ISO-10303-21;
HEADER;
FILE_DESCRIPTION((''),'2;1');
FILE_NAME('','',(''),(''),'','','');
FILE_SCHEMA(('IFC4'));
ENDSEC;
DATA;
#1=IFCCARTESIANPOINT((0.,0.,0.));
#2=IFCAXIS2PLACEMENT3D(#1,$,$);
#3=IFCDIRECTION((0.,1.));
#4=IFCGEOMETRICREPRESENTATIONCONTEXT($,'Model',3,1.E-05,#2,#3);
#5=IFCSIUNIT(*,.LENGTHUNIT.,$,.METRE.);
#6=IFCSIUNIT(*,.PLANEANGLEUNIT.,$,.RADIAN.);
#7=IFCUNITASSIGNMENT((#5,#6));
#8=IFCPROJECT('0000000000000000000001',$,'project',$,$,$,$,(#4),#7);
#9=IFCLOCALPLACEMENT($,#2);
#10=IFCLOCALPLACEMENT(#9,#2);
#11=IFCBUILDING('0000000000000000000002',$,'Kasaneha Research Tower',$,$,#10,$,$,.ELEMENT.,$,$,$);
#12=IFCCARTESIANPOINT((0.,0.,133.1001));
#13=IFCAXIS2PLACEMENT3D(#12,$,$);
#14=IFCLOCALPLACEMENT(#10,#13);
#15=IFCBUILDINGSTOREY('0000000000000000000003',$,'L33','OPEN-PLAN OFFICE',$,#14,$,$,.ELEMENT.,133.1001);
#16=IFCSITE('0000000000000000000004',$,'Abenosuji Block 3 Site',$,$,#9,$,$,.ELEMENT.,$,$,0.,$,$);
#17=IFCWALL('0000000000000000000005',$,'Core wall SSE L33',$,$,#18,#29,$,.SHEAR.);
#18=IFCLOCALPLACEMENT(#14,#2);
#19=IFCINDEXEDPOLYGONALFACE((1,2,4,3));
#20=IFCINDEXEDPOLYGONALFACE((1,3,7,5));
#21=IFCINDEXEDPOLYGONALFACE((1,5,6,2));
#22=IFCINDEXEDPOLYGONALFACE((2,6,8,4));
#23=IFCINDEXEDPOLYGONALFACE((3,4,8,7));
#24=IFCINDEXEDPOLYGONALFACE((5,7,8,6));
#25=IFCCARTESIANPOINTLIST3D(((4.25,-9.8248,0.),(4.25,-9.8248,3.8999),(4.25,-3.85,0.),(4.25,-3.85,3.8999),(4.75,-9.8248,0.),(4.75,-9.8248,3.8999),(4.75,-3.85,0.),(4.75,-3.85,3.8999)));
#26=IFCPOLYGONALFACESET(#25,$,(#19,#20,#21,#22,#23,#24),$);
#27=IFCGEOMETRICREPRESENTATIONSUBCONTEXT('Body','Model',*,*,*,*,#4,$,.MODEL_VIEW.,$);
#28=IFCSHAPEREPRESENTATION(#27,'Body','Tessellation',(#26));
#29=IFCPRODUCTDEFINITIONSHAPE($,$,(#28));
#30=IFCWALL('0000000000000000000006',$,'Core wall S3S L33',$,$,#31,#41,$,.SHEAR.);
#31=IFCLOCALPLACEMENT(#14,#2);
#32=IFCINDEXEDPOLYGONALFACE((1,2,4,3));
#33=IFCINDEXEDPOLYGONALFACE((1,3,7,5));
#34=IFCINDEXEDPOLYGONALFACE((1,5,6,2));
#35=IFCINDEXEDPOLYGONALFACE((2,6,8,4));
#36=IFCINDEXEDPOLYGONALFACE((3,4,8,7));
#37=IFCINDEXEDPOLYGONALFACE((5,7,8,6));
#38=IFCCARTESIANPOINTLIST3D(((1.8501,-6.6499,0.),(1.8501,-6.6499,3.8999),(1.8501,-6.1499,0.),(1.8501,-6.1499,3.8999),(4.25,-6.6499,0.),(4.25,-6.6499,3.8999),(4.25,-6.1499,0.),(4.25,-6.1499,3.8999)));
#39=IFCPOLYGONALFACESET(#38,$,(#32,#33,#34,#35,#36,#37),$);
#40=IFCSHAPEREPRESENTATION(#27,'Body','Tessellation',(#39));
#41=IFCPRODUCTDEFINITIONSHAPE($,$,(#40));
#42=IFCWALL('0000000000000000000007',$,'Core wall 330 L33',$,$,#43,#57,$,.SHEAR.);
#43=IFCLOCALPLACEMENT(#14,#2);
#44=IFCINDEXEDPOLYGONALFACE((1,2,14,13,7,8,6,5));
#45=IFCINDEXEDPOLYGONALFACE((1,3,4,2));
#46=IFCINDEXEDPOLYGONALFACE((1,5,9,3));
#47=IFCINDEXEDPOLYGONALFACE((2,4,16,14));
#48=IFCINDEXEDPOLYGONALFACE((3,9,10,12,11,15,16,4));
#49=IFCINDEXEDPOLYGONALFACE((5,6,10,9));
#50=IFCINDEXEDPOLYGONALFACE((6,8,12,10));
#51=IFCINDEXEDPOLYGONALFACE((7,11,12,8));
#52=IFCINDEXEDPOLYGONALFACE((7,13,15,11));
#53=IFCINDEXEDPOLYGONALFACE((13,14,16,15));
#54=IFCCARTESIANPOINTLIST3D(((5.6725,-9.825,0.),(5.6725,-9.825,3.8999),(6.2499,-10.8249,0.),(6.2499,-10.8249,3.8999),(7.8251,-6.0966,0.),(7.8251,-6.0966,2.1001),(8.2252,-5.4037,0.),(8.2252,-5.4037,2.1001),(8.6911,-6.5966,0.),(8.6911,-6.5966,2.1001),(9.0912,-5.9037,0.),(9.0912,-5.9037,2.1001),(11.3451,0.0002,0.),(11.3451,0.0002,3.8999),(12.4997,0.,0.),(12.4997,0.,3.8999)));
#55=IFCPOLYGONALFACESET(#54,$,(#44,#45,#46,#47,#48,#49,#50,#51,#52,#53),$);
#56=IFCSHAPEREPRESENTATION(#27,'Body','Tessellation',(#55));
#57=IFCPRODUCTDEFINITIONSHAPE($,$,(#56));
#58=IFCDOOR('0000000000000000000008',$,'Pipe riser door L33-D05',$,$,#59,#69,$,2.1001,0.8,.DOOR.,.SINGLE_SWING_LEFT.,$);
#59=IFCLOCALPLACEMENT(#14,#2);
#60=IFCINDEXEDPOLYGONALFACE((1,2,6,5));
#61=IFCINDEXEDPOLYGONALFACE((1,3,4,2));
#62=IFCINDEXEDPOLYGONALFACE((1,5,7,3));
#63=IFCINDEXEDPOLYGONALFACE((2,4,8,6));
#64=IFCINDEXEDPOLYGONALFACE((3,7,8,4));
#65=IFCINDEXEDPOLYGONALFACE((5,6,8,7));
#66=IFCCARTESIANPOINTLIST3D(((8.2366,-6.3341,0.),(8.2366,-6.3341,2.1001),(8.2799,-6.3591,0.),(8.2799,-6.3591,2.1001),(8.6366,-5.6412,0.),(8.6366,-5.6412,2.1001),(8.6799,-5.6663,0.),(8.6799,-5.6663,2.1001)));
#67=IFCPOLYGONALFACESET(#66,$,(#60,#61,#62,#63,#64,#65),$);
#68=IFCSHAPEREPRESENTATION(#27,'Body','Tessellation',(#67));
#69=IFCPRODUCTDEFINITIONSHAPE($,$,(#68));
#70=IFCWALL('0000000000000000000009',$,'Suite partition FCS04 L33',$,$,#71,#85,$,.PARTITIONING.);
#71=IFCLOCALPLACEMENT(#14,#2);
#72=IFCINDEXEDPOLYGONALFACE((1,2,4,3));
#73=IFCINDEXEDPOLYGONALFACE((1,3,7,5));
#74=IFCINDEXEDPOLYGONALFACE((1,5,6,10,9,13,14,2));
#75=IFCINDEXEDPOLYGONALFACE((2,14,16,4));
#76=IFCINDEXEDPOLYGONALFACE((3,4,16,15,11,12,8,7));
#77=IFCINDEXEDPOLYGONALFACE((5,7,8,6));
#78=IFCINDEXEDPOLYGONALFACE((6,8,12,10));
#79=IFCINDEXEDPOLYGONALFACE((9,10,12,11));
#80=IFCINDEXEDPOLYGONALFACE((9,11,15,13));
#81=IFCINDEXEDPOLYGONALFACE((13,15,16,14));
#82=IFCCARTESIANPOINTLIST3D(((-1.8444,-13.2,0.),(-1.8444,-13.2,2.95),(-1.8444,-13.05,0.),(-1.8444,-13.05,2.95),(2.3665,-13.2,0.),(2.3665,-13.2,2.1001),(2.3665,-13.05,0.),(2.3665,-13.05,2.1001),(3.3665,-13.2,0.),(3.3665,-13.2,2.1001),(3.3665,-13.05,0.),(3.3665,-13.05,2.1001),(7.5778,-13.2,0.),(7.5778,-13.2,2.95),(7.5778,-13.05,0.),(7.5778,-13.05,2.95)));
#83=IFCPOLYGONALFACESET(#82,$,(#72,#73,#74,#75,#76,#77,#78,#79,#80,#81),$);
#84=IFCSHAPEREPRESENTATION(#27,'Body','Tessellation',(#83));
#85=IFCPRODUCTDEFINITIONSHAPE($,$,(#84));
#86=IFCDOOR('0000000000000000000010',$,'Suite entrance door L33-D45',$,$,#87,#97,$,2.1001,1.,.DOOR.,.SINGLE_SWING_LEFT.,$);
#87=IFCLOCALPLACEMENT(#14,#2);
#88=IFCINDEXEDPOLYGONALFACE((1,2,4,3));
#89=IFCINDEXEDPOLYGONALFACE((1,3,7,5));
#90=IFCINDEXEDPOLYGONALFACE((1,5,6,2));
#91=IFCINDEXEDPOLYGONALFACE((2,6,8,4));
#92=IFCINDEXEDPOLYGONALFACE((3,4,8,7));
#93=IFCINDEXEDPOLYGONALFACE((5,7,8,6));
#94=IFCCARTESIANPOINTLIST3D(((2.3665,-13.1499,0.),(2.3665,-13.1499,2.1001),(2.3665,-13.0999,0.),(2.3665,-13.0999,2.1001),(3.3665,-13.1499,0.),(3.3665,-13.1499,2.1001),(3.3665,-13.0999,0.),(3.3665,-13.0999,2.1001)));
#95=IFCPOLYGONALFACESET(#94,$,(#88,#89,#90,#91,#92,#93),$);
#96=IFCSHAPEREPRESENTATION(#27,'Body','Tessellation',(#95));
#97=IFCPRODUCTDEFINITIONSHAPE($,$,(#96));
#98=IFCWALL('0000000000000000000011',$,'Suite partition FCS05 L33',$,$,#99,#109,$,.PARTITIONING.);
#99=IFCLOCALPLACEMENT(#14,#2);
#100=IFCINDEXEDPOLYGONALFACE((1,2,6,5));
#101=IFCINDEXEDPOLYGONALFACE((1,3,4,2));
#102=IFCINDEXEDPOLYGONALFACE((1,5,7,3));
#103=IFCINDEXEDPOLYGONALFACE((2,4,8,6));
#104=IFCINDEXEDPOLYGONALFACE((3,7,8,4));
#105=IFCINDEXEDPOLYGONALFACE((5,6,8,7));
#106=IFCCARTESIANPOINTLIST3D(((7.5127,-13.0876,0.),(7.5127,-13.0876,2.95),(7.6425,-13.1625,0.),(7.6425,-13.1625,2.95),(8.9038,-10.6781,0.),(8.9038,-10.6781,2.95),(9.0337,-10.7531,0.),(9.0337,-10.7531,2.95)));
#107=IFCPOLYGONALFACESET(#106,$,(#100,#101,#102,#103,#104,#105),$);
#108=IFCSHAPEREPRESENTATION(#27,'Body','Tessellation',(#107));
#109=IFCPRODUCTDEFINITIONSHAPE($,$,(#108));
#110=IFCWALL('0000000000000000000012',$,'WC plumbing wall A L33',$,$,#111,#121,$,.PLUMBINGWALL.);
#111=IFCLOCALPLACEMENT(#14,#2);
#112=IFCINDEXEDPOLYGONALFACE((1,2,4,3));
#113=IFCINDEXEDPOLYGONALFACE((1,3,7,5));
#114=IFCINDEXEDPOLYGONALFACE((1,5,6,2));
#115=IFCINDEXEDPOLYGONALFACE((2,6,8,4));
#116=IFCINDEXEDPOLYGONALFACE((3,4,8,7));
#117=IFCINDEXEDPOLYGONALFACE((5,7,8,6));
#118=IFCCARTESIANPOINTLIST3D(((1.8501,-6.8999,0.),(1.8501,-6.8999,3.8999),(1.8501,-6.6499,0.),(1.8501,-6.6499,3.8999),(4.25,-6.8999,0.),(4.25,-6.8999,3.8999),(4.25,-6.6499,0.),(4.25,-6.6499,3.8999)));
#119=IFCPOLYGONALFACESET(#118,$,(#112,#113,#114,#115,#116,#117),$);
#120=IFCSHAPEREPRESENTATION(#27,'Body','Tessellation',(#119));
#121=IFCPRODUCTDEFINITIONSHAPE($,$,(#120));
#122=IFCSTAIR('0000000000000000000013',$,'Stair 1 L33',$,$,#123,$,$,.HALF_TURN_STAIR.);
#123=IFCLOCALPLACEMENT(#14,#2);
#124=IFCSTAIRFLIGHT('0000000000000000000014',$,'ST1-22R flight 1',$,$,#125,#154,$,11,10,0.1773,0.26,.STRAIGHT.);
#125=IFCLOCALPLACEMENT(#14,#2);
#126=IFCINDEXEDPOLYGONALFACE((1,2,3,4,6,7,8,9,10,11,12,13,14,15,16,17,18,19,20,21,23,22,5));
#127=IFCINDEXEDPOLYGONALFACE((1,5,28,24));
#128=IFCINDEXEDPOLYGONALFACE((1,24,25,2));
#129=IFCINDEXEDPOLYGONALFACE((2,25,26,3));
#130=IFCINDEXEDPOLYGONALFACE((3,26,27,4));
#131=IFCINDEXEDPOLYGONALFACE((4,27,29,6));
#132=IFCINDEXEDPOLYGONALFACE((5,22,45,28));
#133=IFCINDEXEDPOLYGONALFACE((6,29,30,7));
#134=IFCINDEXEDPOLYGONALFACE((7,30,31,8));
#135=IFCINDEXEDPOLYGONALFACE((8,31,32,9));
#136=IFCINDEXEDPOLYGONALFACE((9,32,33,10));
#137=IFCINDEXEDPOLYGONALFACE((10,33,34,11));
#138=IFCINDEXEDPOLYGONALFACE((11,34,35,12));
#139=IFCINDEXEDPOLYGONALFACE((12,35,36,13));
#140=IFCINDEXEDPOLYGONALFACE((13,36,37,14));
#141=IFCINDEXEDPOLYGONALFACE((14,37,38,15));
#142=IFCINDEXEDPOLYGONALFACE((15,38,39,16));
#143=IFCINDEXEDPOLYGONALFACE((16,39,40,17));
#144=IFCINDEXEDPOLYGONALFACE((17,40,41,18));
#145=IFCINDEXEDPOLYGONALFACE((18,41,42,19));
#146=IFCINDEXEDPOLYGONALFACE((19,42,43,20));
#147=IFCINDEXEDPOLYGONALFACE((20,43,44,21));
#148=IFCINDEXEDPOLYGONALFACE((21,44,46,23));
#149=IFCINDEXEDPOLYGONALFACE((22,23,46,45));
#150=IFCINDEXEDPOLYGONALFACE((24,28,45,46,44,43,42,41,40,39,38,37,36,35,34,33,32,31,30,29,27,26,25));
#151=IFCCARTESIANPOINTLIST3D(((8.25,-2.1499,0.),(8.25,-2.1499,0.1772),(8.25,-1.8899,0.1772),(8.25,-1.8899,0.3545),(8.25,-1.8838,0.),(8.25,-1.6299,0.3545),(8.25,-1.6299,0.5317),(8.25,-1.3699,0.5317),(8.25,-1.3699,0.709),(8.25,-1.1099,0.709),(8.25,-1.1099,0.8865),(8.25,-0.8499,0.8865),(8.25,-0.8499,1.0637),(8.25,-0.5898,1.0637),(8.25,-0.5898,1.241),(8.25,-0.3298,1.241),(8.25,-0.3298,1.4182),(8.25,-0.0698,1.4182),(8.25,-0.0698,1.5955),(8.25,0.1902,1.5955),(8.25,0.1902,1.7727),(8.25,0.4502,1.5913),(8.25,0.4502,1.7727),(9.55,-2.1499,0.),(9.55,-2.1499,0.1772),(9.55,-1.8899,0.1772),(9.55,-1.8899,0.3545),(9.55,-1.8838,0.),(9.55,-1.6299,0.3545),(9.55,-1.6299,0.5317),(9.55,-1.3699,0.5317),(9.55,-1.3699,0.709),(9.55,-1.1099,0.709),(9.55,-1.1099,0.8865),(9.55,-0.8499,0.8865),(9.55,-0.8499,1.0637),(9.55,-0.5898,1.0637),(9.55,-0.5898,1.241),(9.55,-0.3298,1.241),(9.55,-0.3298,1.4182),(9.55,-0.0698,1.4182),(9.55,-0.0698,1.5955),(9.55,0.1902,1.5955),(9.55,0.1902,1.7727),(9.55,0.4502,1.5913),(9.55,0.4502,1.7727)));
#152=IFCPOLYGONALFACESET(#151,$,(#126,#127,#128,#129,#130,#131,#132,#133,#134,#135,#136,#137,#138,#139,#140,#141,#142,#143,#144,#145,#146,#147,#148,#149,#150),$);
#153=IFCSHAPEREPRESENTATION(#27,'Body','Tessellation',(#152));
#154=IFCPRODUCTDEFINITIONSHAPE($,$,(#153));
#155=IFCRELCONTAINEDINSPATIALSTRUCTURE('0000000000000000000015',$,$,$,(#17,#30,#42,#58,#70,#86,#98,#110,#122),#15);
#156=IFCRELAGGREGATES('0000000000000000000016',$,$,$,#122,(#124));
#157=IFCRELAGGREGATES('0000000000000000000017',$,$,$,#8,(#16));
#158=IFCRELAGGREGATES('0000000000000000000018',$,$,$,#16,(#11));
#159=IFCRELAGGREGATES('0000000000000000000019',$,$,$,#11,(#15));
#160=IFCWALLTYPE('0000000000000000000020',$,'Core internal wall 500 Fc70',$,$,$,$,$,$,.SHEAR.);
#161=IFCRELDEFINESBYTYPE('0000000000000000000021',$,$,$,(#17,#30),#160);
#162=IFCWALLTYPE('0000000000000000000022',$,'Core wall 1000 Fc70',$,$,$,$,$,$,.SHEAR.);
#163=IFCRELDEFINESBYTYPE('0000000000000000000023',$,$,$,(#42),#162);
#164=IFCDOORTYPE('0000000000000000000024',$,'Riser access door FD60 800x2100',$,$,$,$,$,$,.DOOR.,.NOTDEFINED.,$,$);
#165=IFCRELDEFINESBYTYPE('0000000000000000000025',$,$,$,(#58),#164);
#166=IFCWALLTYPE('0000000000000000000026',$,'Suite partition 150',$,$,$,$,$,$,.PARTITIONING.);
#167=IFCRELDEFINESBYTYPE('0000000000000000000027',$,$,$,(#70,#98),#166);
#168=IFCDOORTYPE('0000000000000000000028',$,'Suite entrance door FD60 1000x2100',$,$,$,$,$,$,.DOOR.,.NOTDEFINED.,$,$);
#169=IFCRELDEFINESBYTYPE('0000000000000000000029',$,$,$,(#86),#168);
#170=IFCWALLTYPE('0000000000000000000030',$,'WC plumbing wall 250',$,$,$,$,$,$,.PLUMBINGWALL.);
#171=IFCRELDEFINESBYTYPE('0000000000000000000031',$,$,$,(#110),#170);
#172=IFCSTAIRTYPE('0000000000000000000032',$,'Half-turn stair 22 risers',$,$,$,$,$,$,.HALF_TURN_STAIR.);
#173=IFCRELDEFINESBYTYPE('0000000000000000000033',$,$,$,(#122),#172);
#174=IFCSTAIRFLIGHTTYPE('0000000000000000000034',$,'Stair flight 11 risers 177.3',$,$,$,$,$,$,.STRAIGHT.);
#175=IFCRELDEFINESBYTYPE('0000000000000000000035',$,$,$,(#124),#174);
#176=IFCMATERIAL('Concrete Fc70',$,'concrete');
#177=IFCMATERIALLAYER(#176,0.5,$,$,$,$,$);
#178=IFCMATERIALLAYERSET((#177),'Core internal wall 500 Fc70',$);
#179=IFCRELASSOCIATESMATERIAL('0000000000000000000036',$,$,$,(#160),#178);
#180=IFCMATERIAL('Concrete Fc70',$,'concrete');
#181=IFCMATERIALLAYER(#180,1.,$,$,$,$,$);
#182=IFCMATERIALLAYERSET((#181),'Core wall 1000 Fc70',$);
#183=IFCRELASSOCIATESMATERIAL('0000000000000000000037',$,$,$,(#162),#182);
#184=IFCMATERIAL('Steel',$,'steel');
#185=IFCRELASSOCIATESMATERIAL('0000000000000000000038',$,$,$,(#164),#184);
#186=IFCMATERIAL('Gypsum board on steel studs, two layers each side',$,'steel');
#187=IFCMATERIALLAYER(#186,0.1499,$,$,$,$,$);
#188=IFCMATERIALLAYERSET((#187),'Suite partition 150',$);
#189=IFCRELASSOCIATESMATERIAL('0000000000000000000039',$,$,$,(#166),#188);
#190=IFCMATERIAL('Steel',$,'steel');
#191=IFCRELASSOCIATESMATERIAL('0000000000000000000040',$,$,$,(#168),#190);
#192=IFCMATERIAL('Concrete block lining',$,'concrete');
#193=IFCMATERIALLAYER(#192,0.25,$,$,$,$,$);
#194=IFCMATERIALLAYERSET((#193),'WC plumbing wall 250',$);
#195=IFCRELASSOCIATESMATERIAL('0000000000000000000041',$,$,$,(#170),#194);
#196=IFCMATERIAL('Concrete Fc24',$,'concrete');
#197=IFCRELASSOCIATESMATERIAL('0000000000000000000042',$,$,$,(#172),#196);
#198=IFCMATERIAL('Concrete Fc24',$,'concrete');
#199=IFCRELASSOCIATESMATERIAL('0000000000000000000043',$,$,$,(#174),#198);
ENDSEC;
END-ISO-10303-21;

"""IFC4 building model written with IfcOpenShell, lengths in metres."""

from ifc_helpers import new_model, si_unit, direction, frame, frame_2d, origin, place, context, subcontext, project, spatial, polyline, rectangle, outline, extrude, material, layer, layer_set, type_object, element, fill, aggregate, save


model = new_model("IFC4")

# Units and contexts
model_context = context("Model", 3, precision=1e-05, world=origin(), true_north=direction((0.0, 1.0)))
body_context = subcontext(model_context, "Body", "Model", "MODEL_VIEW")
ifc_project = project(units=[si_unit("LENGTHUNIT", "METRE"), si_unit("PLANEANGLEUNIT", "RADIAN")], contexts=[model_context])

# Site, building, storey
site_placement = place(None, origin())
site = spatial("IfcSite", under=ifc_project, at=site_placement, Name="Abenosuji Block 3 Site", CompositionType="ELEMENT", RefElevation=0.0)
building_placement = place(site_placement, origin())
building = spatial("IfcBuilding", under=site, at=building_placement, Name="Kasaneha Research Tower", CompositionType="ELEMENT")
storey_placement = place(building_placement, frame((0.0, 0.0, 133.1001)))
storey = spatial("IfcBuildingStorey", under=building, at=storey_placement, Name="L33", Description="OPEN-PLAN OFFICE", CompositionType="ELEMENT", Elevation=133.1001)

# Shared definitions
ifc_material_1 = material(Name="Concrete Fc70", Category="concrete")
ifc_layer_1 = layer(ifc_material_1, 0.5)
ifc_layer_set_1 = layer_set([ifc_layer_1], Name="Core internal wall 500 Fc70")
wall_type_1 = type_object("IfcWallType", Name="Core internal wall 500 Fc70", PredefinedType="SHEAR", material=ifc_layer_set_1)

# Walls
wall_1_placement = place(storey_placement, frame((4.5, -3.8501, 0.0), z_axis=(0.0, 0.0, 1.0), x_axis=(0.0, -1.0, 0.0)))
element("IfcWall", 1, at=wall_1_placement, inside=storey, type_object=wall_type_1, Name="Core wall SSE L33", PredefinedType="SHEAR", context=body_context, shape_type="SweptSolid", body=[
    extrude(rectangle(XDim=5.9749, YDim=0.5, at=frame_2d((2.9873, 0.0))), origin(), (0.0, 0.0, 1.0), 3.8999),
])
wall_2_placement = place(storey_placement, frame((1.8501, -6.3999, 0.0), z_axis=(0.0, 0.0, 1.0), x_axis=(1.0, 0.0, 0.0)))
element("IfcWall", 2, at=wall_2_placement, inside=storey, type_object=wall_type_1, Name="Core wall S3S L33", PredefinedType="SHEAR", context=body_context, shape_type="SweptSolid", body=[
    extrude(rectangle(XDim=2.3999, YDim=0.5, at=frame_2d((1.2, 0.0))), origin(), (0.0, 0.0, 1.0), 3.8999),
])

# Walls, openings, doors
ifc_material_2 = material(Name="Concrete Fc70", Category="concrete")
ifc_layer_2 = layer(ifc_material_2, 1.0)
ifc_layer_set_2 = layer_set([ifc_layer_2], Name="Core wall 1000 Fc70")
wall_type_2 = type_object("IfcWallType", Name="Core wall 1000 Fc70", PredefinedType="SHEAR", material=ifc_layer_set_2)
wall_3_placement = place(storey_placement, frame((5.9612, -10.325, 0.0), z_axis=(0.0, 0.0, 1.0), x_axis=(0.500004, 0.866023, 0.0)))
wall_3 = element("IfcWall", 3, at=wall_3_placement, inside=storey, type_object=wall_type_2, Name="Core wall 330 L33", PredefinedType="SHEAR", context=body_context, shape_type="SweptSolid", body=[
    extrude(outline(polyline([(-0.2886, -0.5), (4.594, -0.5), (5.394, -0.5), (12.2109, -0.5), (11.6338, 0.5), (5.394, 0.5), (4.594, 0.5), (0.2886, 0.5), (-0.2886, -0.5)])), origin(), (0.0, 0.0, 1.0), 3.8999),
])
opening_1_placement = place(wall_3_placement, frame((4.594, 0.0, 0.0)))
opening_1 = element("IfcOpeningElement", 4, at=opening_1_placement, cuts=wall_3, PredefinedType="OPENING", context=body_context, shape_type="SweptSolid", body=[
    extrude(rectangle(XDim=0.8, YDim=2.1001, at=frame_2d((0.3999, 1.05))), frame((0.0, 0.51, 0.0), z_axis=(0.0, -1.0, 0.0), x_axis=(1.0, 0.0, 0.0)), (0.0, 0.0, 1.0), 1.02),
])
ifc_material_3 = material(Name="Steel", Category="steel")
door_type_1 = type_object("IfcDoorType", Name="Riser access door FD60 800x2100", OperationType="NOTDEFINED", PredefinedType="DOOR", material=ifc_material_3)
door_1_placement = place(opening_1_placement, origin())
door_1 = element("IfcDoor", 5, at=door_1_placement, inside=storey, type_object=door_type_1, Name="Pipe riser door L33-D05", OperationType="SINGLE_SWING_LEFT", OverallHeight=2.1001, OverallWidth=0.8, PredefinedType="DOOR", context=body_context, shape_type="SweptSolid", body=[
    extrude(rectangle(XDim=0.8, YDim=2.1001, at=frame_2d((0.3999, 1.05))), frame((0.0, 0.0249, 0.0), z_axis=(0.0, -1.0, 0.0), x_axis=(1.0, 0.0, 0.0)), (0.0, 0.0, 1.0), 0.05),
])
fill(opening_1, door_1)
ifc_material_4 = material(Name="Gypsum board on steel studs, two layers each side", Category="steel")
ifc_layer_3 = layer(ifc_material_4, 0.1499)
ifc_layer_set_3 = layer_set([ifc_layer_3], Name="Suite partition 150")
wall_type_3 = type_object("IfcWallType", Name="Suite partition 150", PredefinedType="PARTITIONING", material=ifc_layer_set_3)
wall_4_placement = place(storey_placement, frame((7.5776, -13.125, 0.0), z_axis=(0.0, 0.0, 1.0), x_axis=(-1.0, 0.0, 0.0)))
wall_4 = element("IfcWall", 6, at=wall_4_placement, inside=storey, type_object=wall_type_3, Name="Suite partition FCS04 L33", PredefinedType="PARTITIONING", context=body_context, shape_type="SweptSolid", body=[
    extrude(rectangle(XDim=9.4221, YDim=0.1499, at=frame_2d((4.7109, 0.0))), origin(), (0.0, 0.0, 1.0), 2.95),
])
opening_2_placement = place(wall_4_placement, frame((4.2112, 0.0, 0.0)))
opening_2 = element("IfcOpeningElement", 7, at=opening_2_placement, cuts=wall_4, PredefinedType="OPENING", context=body_context, shape_type="SweptSolid", body=[
    extrude(rectangle(XDim=1.0, YDim=2.1001, at=frame_2d((0.5, 1.05))), frame((0.0, 0.085, 0.0), z_axis=(0.0, -1.0, 0.0), x_axis=(1.0, 0.0, 0.0)), (0.0, 0.0, 1.0), 0.1699),
])
ifc_material_5 = material(Name="Steel", Category="steel")
door_type_2 = type_object("IfcDoorType", Name="Suite entrance door FD60 1000x2100", OperationType="NOTDEFINED", PredefinedType="DOOR", material=ifc_material_5)
door_2_placement = place(opening_2_placement, origin())
door_2 = element("IfcDoor", 8, at=door_2_placement, inside=storey, type_object=door_type_2, Name="Suite entrance door L33-D45", OperationType="SINGLE_SWING_LEFT", OverallHeight=2.1001, OverallWidth=1.0, PredefinedType="DOOR", context=body_context, shape_type="SweptSolid", body=[
    extrude(rectangle(XDim=1.0, YDim=2.1001, at=frame_2d((0.5, 1.05))), frame((0.0, 0.0249, 0.0), z_axis=(0.0, -1.0, 0.0), x_axis=(1.0, 0.0, 0.0)), (0.0, 0.0, 1.0), 0.05),
])
fill(opening_2, door_2)

# Walls
wall_5_placement = place(storey_placement, frame((8.9688, -10.7156, 0.0), z_axis=(0.0, 0.0, 1.0), x_axis=(-0.500009, -0.86602, 0.0)))
element("IfcWall", 9, at=wall_5_placement, inside=storey, type_object=wall_type_3, Name="Suite partition FCS05 L33", PredefinedType="PARTITIONING", context=body_context, shape_type="SweptSolid", body=[
    extrude(rectangle(XDim=2.7822, YDim=0.1499, at=frame_2d((1.3911, 0.0))), origin(), (0.0, 0.0, 1.0), 2.95),
])
ifc_material_6 = material(Name="Concrete block lining", Category="concrete")
ifc_layer_4 = layer(ifc_material_6, 0.25)
ifc_layer_set_4 = layer_set([ifc_layer_4], Name="WC plumbing wall 250")
wall_type_4 = type_object("IfcWallType", Name="WC plumbing wall 250", PredefinedType="PLUMBINGWALL", material=ifc_layer_set_4)
wall_6_placement = place(storey_placement, frame((1.8501, -6.7749, 0.0), z_axis=(0.0, 0.0, 1.0), x_axis=(1.0, 0.0, 0.0)))
element("IfcWall", 10, at=wall_6_placement, inside=storey, type_object=wall_type_4, Name="WC plumbing wall A L33", PredefinedType="PLUMBINGWALL", context=body_context, shape_type="SweptSolid", body=[
    extrude(rectangle(XDim=2.3999, YDim=0.25, at=frame_2d((1.2, 0.0))), origin(), (0.0, 0.0, 1.0), 3.8999),
])

# Stair, stair flight
ifc_material_7 = material(Name="Concrete Fc24", Category="concrete")
stair_type = type_object("IfcStairType", Name="Half-turn stair 22 risers", PredefinedType="HALF_TURN_STAIR", material=ifc_material_7)
stair_placement = place(storey_placement, origin())
stair = element("IfcStair", 11, at=stair_placement, inside=storey, type_object=stair_type, Name="Stair 1 L33", PredefinedType="HALF_TURN_STAIR")
ifc_material_8 = material(Name="Concrete Fc24", Category="concrete")
stair_flight_type = type_object("IfcStairFlightType", Name="Stair flight 11 risers 177.3", PredefinedType="STRAIGHT", material=ifc_material_8)
stair_flight_placement = place(storey_placement, frame((8.8999, -2.1499, 0.0), z_axis=(0.0, 0.0, 1.0), x_axis=(0.0, 1.0, 0.0)))
stair_flight = element("IfcStairFlight", 12, at=stair_flight_placement, type_object=stair_flight_type, Name="ST1-22R flight 1", NumberOfRisers=11, NumberOfTreads=10, PredefinedType="STRAIGHT", RiserHeight=0.1773, TreadLength=0.26, context=body_context, shape_type="SweptSolid", body=[
    extrude(outline(polyline([(0.0, 0.0), (0.0, 0.1772), (0.26, 0.1772), (0.26, 0.3545), (0.52, 0.3545), (0.52, 0.5317), (0.78, 0.5317), (0.78, 0.709), (1.04, 0.709), (1.04, 0.8865), (1.3, 0.8865), (1.3, 1.0637), (1.5601, 1.0637), (1.5601, 1.241), (1.8201, 1.241), (1.8201, 1.4182), (2.0801, 1.4182), (2.0801, 1.5955), (2.3401, 1.5955), (2.3401, 1.7727), (2.6001, 1.7727), (2.6001, 1.95), (2.6001, 1.5913), (0.2661, 0.0), (0.0, 0.0)])), frame((0.0, 0.6499, 0.0), z_axis=(0.0, -1.0, 0.0), x_axis=(1.0, 0.0, 0.0)), (0.0, 0.0, 1.0), 1.3),
])
aggregate(stair, [stair_flight])

save(model, "model.ifc")
